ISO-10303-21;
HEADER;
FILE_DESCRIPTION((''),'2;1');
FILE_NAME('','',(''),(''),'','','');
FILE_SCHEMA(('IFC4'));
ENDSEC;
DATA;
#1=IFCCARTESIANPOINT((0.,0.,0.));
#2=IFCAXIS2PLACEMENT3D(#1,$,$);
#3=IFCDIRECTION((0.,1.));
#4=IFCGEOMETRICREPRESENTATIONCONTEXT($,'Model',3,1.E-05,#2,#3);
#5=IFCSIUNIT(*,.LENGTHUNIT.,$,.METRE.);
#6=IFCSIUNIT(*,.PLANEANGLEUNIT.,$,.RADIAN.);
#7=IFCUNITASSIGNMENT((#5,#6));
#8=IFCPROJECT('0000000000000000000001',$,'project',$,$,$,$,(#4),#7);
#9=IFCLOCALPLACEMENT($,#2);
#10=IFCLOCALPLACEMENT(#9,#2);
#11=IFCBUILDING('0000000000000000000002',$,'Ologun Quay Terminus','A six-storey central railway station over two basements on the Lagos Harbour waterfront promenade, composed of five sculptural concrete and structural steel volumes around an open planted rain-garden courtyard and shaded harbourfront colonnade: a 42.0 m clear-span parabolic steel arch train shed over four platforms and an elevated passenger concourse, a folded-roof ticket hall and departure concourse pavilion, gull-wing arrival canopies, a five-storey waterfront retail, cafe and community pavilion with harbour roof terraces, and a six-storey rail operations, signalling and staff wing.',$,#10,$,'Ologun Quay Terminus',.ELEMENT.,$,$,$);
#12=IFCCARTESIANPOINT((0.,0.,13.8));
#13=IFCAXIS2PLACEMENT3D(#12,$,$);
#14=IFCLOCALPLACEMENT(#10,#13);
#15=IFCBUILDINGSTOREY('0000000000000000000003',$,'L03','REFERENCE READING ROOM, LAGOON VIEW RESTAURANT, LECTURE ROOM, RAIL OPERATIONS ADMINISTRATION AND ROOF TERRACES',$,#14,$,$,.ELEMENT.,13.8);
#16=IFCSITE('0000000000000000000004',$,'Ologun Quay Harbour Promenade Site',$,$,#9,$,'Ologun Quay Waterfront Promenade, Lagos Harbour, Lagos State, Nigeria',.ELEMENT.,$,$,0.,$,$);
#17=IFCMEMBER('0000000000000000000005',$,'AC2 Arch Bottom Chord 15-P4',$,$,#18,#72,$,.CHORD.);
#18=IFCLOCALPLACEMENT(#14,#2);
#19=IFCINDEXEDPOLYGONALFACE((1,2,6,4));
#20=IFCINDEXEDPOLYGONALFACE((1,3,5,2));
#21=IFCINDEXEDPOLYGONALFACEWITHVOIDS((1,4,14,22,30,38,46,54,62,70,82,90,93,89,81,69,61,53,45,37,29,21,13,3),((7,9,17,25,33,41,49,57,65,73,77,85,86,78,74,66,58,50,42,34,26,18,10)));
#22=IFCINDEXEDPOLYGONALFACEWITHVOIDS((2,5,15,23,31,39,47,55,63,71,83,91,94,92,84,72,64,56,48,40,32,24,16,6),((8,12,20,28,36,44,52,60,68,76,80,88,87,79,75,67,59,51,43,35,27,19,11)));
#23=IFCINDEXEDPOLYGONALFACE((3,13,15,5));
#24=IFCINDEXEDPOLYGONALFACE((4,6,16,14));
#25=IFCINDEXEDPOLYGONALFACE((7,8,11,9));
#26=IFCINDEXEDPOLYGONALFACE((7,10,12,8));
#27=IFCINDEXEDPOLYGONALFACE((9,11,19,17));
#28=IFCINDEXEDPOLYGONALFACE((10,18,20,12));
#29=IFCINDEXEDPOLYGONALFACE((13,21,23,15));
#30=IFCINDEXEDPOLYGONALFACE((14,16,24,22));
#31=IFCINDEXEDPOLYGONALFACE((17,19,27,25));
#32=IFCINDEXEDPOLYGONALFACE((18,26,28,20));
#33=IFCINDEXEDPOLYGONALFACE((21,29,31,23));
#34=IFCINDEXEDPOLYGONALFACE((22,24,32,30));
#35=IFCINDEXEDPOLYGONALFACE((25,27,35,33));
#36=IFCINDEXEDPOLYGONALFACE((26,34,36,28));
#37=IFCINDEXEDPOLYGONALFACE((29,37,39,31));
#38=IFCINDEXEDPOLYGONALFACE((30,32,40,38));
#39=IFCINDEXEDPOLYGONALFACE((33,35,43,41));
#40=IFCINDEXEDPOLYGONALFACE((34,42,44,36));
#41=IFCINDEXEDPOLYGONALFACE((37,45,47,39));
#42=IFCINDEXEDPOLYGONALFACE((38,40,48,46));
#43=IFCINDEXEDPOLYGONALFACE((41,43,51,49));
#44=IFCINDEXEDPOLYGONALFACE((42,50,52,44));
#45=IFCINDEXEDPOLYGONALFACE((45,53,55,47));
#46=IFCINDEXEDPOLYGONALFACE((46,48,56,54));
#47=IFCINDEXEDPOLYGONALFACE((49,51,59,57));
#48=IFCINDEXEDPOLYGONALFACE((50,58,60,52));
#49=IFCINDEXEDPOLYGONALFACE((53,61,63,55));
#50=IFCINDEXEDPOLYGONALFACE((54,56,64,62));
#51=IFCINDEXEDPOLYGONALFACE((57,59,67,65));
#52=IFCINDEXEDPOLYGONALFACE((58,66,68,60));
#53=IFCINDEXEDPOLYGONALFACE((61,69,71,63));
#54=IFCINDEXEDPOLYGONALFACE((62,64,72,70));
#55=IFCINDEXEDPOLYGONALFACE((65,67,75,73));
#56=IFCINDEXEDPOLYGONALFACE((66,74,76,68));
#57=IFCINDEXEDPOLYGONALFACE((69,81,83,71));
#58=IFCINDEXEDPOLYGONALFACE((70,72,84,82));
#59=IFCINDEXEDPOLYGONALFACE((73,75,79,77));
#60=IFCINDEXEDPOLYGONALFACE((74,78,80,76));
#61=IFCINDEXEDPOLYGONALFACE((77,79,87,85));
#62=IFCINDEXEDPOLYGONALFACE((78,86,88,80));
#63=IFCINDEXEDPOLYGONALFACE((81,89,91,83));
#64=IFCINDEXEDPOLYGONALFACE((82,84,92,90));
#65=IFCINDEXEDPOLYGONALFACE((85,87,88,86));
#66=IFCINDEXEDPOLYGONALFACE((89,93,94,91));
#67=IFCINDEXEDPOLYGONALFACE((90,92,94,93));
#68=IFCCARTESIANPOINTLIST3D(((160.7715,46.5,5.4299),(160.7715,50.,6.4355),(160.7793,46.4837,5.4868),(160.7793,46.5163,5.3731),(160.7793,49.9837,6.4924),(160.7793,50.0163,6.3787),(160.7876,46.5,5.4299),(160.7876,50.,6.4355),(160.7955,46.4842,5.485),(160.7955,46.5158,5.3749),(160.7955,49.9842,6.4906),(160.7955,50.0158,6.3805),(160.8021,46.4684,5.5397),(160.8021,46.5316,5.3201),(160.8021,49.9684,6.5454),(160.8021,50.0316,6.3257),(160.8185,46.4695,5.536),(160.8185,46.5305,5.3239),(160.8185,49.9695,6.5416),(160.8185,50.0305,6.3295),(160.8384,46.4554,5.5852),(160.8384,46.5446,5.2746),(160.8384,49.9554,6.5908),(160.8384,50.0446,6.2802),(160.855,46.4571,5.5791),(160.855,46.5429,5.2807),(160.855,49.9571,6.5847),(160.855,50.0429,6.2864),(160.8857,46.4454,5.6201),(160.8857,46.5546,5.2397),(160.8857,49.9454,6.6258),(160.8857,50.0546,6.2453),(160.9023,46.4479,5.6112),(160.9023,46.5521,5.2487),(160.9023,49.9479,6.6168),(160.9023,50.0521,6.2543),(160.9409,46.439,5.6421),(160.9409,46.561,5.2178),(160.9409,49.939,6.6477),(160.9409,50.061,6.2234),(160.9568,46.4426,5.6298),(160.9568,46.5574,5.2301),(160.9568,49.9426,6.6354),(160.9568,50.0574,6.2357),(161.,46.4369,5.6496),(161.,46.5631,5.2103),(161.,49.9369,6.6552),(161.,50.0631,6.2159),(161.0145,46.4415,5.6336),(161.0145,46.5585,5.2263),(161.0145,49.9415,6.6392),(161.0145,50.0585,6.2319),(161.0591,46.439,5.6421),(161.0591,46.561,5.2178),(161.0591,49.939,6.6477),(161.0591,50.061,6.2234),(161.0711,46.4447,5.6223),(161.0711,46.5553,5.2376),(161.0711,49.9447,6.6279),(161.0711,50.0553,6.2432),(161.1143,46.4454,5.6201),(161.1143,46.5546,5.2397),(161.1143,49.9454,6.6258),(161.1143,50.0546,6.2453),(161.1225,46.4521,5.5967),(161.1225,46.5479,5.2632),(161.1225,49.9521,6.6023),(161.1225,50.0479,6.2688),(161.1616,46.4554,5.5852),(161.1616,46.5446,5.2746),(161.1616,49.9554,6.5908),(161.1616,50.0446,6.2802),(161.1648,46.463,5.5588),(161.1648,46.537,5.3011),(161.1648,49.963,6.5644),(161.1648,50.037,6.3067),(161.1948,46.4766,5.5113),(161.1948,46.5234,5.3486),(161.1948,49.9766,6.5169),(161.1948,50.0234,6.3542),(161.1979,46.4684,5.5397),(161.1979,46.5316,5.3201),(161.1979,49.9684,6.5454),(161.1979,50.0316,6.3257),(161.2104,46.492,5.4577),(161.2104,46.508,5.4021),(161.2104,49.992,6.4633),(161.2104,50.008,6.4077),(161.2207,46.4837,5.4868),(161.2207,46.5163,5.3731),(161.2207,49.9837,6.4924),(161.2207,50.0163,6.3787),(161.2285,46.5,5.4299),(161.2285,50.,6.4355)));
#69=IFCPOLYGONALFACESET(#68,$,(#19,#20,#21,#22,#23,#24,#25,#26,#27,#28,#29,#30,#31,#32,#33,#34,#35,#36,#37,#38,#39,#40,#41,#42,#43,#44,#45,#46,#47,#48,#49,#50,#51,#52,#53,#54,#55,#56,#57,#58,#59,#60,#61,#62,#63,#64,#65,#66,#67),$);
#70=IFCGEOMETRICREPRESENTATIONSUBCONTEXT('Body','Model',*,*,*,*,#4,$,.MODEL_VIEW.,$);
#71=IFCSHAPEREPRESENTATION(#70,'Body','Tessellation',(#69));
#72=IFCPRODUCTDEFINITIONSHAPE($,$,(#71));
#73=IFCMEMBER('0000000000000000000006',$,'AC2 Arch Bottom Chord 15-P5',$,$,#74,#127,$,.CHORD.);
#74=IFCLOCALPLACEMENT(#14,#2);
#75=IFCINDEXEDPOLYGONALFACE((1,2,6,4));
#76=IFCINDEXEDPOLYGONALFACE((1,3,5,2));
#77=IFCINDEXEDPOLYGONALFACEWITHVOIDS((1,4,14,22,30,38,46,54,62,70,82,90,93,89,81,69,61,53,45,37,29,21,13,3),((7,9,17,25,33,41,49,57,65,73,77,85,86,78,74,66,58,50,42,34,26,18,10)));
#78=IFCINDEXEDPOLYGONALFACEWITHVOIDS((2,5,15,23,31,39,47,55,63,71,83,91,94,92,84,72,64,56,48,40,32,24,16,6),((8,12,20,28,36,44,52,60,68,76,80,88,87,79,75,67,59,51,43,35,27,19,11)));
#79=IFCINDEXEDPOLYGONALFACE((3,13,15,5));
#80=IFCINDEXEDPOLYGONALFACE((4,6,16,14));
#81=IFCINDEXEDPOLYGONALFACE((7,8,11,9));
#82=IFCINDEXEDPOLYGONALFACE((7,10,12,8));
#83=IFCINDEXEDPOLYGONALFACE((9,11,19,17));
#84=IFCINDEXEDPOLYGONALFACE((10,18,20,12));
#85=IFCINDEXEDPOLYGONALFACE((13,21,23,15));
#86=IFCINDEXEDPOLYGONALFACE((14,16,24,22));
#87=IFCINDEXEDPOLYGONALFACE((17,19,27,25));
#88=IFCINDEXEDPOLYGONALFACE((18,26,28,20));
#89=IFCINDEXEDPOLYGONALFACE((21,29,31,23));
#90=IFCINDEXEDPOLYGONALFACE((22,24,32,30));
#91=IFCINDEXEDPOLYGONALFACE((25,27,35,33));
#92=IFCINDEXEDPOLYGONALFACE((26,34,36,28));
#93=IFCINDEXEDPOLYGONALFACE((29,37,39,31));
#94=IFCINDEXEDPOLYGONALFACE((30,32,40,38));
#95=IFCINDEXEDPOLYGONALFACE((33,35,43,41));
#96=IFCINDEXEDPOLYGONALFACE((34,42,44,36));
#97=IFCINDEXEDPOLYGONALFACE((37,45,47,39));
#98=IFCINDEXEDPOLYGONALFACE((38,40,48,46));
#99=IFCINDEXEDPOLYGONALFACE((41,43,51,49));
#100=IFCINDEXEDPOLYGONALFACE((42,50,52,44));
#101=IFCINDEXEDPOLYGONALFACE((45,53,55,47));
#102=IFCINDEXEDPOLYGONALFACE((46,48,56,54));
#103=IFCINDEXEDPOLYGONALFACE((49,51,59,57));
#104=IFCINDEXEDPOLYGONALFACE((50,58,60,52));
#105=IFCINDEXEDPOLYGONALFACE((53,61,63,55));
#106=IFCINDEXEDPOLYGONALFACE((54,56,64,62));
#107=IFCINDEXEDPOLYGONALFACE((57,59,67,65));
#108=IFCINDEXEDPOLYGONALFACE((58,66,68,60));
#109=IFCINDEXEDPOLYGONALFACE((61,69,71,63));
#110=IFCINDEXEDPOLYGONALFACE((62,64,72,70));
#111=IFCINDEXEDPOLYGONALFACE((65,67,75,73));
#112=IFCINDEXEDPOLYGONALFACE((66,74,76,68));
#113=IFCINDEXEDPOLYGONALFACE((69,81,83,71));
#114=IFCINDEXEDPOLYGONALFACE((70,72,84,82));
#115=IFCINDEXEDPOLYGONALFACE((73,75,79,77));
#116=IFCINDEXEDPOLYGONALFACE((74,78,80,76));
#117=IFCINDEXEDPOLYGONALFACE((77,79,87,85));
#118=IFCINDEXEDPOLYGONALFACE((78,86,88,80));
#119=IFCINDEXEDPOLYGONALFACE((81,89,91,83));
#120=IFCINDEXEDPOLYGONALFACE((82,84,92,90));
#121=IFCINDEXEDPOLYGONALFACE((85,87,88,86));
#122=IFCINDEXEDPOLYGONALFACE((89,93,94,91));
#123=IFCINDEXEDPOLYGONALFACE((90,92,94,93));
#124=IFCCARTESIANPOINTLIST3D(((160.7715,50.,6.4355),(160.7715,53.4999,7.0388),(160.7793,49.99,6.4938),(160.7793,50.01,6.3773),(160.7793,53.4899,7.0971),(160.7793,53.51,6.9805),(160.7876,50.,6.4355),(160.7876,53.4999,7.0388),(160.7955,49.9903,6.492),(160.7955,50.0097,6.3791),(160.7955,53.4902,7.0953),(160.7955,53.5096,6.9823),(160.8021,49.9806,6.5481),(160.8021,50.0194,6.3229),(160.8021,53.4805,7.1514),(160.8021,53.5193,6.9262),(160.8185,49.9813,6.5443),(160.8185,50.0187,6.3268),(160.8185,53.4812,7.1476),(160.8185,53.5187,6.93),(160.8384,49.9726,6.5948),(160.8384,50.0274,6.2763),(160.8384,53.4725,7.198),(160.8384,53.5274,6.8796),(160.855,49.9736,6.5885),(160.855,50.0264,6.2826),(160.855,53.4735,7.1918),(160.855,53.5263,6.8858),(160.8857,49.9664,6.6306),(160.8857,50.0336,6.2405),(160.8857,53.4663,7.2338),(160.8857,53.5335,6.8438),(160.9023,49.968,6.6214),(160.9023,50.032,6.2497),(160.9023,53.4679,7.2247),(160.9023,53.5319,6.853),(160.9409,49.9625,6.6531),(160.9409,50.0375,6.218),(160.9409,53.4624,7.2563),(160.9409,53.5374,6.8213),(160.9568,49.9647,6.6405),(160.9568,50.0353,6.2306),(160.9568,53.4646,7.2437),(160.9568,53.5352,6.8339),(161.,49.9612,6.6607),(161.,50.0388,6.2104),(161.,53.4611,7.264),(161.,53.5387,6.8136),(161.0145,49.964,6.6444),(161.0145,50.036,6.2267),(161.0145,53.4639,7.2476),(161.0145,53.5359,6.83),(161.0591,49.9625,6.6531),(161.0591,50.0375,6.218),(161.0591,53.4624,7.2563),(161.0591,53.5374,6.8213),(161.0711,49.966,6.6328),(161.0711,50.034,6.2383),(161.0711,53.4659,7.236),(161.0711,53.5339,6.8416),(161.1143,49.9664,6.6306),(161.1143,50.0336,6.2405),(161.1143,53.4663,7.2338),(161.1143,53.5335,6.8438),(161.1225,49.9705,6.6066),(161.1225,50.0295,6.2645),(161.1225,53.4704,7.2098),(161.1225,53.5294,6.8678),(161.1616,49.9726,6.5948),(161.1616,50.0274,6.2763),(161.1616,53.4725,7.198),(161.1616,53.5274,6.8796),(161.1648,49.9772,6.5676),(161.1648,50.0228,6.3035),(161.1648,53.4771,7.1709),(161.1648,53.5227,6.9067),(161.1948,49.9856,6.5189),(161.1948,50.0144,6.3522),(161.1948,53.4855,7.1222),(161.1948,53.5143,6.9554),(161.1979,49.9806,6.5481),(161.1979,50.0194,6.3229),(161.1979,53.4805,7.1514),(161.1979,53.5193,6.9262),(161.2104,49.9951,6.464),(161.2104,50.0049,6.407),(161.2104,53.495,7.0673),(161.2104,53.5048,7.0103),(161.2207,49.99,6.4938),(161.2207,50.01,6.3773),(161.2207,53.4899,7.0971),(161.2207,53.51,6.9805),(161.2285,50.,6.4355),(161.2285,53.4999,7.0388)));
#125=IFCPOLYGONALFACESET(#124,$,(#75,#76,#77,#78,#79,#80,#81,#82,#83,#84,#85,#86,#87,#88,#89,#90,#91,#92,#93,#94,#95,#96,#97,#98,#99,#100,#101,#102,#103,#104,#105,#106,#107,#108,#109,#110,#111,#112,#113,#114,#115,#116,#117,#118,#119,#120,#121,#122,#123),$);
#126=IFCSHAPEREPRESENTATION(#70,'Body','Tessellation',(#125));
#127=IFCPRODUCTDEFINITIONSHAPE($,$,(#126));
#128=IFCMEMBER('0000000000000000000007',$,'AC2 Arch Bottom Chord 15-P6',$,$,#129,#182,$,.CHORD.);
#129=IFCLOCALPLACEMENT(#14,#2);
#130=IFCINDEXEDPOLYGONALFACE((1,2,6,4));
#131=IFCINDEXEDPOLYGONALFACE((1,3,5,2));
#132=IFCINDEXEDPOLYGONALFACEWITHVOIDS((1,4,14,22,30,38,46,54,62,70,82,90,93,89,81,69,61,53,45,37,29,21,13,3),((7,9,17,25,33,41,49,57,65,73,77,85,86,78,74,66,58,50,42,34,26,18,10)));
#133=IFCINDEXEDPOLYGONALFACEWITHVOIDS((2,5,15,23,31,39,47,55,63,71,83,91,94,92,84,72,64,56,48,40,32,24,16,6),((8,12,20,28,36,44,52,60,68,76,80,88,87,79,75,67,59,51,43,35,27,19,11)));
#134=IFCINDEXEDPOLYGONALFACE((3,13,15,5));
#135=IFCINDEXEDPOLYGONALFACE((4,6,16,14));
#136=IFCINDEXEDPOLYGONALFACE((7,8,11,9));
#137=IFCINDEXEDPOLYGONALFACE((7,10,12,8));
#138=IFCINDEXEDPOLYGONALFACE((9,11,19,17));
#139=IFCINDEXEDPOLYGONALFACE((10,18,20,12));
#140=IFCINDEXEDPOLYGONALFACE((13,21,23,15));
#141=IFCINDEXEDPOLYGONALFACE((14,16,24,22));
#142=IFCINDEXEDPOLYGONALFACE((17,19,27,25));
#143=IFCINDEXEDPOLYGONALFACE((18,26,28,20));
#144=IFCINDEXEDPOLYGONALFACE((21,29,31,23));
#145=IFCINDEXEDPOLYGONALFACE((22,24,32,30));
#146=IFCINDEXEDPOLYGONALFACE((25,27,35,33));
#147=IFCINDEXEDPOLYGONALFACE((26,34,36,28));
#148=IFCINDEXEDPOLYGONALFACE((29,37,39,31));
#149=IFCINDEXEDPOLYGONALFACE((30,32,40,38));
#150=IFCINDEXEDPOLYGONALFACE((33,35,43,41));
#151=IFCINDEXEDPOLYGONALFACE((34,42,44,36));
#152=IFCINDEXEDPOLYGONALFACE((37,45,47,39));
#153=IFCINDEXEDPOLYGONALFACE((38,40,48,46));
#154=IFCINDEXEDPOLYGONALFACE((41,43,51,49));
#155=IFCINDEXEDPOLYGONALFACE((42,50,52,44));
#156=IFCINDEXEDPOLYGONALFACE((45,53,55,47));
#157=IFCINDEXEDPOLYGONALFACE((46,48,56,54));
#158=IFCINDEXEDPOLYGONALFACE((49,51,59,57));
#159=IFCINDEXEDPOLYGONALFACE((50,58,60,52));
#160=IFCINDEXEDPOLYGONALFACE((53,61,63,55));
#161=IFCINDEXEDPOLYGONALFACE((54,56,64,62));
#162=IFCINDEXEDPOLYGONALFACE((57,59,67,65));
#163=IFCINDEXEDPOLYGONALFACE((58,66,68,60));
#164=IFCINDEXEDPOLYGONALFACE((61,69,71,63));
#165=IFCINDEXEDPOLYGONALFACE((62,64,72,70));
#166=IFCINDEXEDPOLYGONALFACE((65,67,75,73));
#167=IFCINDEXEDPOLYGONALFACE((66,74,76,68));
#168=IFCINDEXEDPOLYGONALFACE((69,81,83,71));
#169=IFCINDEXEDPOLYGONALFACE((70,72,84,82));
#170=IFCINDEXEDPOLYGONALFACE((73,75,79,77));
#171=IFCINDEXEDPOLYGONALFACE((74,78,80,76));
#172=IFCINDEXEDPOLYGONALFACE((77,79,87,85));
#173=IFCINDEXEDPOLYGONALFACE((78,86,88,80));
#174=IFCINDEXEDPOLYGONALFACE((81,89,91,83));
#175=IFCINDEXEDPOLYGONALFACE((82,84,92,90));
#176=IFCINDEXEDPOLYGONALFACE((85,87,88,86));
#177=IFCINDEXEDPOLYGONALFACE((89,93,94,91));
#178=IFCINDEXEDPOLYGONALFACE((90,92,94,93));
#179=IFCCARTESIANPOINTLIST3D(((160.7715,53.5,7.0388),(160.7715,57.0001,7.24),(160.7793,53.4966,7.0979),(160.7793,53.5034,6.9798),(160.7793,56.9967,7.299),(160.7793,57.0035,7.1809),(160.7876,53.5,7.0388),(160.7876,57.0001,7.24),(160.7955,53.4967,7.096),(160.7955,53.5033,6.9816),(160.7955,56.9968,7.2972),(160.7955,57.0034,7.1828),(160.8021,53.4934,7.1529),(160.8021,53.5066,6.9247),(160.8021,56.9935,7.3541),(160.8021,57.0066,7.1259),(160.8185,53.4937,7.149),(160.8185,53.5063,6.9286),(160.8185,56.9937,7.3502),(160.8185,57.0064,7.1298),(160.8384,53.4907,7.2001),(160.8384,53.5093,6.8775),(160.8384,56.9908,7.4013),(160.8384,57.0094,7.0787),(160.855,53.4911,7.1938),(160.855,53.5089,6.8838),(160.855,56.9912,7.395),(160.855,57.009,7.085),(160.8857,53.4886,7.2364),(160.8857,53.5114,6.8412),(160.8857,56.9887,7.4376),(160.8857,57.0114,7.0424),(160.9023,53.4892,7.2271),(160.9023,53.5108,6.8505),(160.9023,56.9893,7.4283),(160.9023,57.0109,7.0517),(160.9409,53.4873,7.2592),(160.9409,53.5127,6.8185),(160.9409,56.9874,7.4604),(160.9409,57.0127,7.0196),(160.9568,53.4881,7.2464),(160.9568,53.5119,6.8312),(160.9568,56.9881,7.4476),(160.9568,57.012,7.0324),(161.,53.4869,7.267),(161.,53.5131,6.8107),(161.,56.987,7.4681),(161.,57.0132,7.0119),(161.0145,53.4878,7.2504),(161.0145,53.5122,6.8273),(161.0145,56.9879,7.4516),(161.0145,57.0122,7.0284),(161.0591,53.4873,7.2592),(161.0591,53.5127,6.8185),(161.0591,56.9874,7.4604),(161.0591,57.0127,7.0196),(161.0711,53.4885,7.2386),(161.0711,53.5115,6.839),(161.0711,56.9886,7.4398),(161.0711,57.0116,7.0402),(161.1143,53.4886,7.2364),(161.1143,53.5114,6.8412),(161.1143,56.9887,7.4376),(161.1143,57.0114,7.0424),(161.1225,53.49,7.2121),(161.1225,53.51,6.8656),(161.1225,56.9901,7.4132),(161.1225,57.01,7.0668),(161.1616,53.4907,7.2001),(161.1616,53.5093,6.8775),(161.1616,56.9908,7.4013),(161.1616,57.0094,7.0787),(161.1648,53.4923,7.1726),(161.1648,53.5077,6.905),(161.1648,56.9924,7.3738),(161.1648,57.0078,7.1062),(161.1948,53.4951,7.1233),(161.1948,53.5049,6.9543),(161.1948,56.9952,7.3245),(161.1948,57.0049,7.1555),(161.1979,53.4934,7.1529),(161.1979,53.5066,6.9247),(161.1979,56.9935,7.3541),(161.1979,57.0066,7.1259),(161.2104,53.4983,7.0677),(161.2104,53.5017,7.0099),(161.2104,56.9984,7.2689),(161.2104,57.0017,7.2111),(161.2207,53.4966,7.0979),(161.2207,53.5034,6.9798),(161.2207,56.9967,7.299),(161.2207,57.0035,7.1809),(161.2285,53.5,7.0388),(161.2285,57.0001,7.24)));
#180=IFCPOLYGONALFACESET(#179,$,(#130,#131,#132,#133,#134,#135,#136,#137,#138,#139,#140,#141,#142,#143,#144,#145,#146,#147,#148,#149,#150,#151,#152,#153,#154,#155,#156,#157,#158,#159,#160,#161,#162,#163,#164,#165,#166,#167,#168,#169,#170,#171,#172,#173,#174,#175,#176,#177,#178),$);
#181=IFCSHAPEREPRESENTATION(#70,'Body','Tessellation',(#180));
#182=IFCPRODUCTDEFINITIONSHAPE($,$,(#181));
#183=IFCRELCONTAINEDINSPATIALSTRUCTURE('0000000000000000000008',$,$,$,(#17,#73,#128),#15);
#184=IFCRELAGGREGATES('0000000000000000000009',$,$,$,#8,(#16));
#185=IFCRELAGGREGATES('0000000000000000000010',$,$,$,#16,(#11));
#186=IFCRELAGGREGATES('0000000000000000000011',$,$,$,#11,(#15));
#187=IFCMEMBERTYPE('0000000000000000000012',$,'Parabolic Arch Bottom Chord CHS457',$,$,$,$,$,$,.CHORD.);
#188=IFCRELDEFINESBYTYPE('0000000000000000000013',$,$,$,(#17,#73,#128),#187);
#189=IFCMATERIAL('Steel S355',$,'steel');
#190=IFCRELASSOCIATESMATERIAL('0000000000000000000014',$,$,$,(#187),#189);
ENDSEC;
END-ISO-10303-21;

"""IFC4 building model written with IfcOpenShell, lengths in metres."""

from ifc_helpers import new_model, si_unit, direction, frame, origin, origin_2d, place, context, subcontext, project, spatial, hollow_circle, extrude, material, material_profile, profile_set, type_object, element, save


model = new_model("IFC4")

# Units and contexts
model_context = context("Model", 3, precision=1e-05, world=origin(), true_north=direction((0.0, 1.0)))
body_context = subcontext(model_context, "Body", "Model", "MODEL_VIEW")
ifc_project = project(units=[si_unit("LENGTHUNIT", "METRE"), si_unit("PLANEANGLEUNIT", "RADIAN")], contexts=[model_context])

# Site, building, storey
site_placement = place(None, origin())
site = spatial("IfcSite", under=ifc_project, at=site_placement, Name="Ologun Quay Harbour Promenade Site", LongName="Ologun Quay Waterfront Promenade, Lagos Harbour, Lagos State, Nigeria", CompositionType="ELEMENT", RefElevation=0.0)
building_placement = place(site_placement, origin())
building = spatial("IfcBuilding", under=site, at=building_placement, Name="Ologun Quay Terminus", Description="A six-storey central railway station over two basements on the Lagos Harbour waterfront promenade, composed of five sculptural concrete and structural steel volumes around an open planted rain-garden courtyard and shaded harbourfront colonnade: a 42.0 m clear-span parabolic steel arch train shed over four platforms and an elevated passenger concourse, a folded-roof ticket hall and departure concourse pavilion, gull-wing arrival canopies, a five-storey waterfront retail, cafe and community pavilion with harbour roof terraces, and a six-storey rail operations, signalling and staff wing.", LongName="Ologun Quay Terminus", CompositionType="ELEMENT")
storey_placement = place(building_placement, frame((0.0, 0.0, 13.8)))
storey = spatial("IfcBuildingStorey", under=building, at=storey_placement, Name="L03", Description="REFERENCE READING ROOM, LAGOON VIEW RESTAURANT, LECTURE ROOM, RAIL OPERATIONS ADMINISTRATION AND ROOF TERRACES", CompositionType="ELEMENT", Elevation=13.8)

# Members
ifc_material_1 = material(Name="Steel S355", Category="steel")
ifc_material_profile_1 = material_profile(ifc_material_1, hollow_circle(Radius=0.2285, WallThickness=0.0161, at=origin_2d()), Name="CHS 457x16")
ifc_profile_set_1 = profile_set([ifc_material_profile_1], Name="Steel S355")
member_type_1 = type_object("IfcMemberType", Name="Parabolic Arch Bottom Chord CHS457", PredefinedType="CHORD", material=ifc_profile_set_1)
member_1_placement = place(storey_placement, frame((161.0, 46.5, 5.4299), z_axis=(0.0, 0.961116, 0.276146), x_axis=(-1.0, 0.0, 0.0)))
element("IfcMember", 1, at=member_1_placement, inside=storey, type_object=member_type_1, Name="AC2 Arch Bottom Chord 15-P4", PredefinedType="CHORD", context=body_context, shape_type="SweptSolid", body=[
    extrude(hollow_circle(Radius=0.2285, WallThickness=0.0161, at=origin_2d()), origin(), (0.0, 0.0, 1.0), 3.6416),
])
member_2_placement = place(storey_placement, frame((161.0, 50.0, 6.4355), z_axis=(0.0, 0.985468, 0.169859), x_axis=(-1.0, 0.0, 0.0)))
element("IfcMember", 2, at=member_2_placement, inside=storey, type_object=member_type_1, Name="AC2 Arch Bottom Chord 15-P5", PredefinedType="CHORD", context=body_context, shape_type="SweptSolid", body=[
    extrude(hollow_circle(Radius=0.2285, WallThickness=0.0161, at=origin_2d()), origin(), (0.0, 0.0, 1.0), 3.5515),
])
for number, where, z_axis, x_axis, name in (
    (3, (161.0, 53.5, 7.0388), (0.0, 0.998352, 0.057383), (-1.0, 0.0, 0.0), "AC2 Arch Bottom Chord 15-P6"),
):
    element("IfcMember", number, at=place(storey_placement, frame(where, z_axis=z_axis, x_axis=x_axis)), inside=storey, type_object=member_type_1, Name=name, PredefinedType="CHORD", context=body_context, shape_type="SweptSolid", body=[
        extrude(hollow_circle(Radius=0.2285, WallThickness=0.0161, at=origin_2d()), origin(), (0.0, 0.0, 1.0), 3.5059),
    ])

save(model, "model.ifc")
